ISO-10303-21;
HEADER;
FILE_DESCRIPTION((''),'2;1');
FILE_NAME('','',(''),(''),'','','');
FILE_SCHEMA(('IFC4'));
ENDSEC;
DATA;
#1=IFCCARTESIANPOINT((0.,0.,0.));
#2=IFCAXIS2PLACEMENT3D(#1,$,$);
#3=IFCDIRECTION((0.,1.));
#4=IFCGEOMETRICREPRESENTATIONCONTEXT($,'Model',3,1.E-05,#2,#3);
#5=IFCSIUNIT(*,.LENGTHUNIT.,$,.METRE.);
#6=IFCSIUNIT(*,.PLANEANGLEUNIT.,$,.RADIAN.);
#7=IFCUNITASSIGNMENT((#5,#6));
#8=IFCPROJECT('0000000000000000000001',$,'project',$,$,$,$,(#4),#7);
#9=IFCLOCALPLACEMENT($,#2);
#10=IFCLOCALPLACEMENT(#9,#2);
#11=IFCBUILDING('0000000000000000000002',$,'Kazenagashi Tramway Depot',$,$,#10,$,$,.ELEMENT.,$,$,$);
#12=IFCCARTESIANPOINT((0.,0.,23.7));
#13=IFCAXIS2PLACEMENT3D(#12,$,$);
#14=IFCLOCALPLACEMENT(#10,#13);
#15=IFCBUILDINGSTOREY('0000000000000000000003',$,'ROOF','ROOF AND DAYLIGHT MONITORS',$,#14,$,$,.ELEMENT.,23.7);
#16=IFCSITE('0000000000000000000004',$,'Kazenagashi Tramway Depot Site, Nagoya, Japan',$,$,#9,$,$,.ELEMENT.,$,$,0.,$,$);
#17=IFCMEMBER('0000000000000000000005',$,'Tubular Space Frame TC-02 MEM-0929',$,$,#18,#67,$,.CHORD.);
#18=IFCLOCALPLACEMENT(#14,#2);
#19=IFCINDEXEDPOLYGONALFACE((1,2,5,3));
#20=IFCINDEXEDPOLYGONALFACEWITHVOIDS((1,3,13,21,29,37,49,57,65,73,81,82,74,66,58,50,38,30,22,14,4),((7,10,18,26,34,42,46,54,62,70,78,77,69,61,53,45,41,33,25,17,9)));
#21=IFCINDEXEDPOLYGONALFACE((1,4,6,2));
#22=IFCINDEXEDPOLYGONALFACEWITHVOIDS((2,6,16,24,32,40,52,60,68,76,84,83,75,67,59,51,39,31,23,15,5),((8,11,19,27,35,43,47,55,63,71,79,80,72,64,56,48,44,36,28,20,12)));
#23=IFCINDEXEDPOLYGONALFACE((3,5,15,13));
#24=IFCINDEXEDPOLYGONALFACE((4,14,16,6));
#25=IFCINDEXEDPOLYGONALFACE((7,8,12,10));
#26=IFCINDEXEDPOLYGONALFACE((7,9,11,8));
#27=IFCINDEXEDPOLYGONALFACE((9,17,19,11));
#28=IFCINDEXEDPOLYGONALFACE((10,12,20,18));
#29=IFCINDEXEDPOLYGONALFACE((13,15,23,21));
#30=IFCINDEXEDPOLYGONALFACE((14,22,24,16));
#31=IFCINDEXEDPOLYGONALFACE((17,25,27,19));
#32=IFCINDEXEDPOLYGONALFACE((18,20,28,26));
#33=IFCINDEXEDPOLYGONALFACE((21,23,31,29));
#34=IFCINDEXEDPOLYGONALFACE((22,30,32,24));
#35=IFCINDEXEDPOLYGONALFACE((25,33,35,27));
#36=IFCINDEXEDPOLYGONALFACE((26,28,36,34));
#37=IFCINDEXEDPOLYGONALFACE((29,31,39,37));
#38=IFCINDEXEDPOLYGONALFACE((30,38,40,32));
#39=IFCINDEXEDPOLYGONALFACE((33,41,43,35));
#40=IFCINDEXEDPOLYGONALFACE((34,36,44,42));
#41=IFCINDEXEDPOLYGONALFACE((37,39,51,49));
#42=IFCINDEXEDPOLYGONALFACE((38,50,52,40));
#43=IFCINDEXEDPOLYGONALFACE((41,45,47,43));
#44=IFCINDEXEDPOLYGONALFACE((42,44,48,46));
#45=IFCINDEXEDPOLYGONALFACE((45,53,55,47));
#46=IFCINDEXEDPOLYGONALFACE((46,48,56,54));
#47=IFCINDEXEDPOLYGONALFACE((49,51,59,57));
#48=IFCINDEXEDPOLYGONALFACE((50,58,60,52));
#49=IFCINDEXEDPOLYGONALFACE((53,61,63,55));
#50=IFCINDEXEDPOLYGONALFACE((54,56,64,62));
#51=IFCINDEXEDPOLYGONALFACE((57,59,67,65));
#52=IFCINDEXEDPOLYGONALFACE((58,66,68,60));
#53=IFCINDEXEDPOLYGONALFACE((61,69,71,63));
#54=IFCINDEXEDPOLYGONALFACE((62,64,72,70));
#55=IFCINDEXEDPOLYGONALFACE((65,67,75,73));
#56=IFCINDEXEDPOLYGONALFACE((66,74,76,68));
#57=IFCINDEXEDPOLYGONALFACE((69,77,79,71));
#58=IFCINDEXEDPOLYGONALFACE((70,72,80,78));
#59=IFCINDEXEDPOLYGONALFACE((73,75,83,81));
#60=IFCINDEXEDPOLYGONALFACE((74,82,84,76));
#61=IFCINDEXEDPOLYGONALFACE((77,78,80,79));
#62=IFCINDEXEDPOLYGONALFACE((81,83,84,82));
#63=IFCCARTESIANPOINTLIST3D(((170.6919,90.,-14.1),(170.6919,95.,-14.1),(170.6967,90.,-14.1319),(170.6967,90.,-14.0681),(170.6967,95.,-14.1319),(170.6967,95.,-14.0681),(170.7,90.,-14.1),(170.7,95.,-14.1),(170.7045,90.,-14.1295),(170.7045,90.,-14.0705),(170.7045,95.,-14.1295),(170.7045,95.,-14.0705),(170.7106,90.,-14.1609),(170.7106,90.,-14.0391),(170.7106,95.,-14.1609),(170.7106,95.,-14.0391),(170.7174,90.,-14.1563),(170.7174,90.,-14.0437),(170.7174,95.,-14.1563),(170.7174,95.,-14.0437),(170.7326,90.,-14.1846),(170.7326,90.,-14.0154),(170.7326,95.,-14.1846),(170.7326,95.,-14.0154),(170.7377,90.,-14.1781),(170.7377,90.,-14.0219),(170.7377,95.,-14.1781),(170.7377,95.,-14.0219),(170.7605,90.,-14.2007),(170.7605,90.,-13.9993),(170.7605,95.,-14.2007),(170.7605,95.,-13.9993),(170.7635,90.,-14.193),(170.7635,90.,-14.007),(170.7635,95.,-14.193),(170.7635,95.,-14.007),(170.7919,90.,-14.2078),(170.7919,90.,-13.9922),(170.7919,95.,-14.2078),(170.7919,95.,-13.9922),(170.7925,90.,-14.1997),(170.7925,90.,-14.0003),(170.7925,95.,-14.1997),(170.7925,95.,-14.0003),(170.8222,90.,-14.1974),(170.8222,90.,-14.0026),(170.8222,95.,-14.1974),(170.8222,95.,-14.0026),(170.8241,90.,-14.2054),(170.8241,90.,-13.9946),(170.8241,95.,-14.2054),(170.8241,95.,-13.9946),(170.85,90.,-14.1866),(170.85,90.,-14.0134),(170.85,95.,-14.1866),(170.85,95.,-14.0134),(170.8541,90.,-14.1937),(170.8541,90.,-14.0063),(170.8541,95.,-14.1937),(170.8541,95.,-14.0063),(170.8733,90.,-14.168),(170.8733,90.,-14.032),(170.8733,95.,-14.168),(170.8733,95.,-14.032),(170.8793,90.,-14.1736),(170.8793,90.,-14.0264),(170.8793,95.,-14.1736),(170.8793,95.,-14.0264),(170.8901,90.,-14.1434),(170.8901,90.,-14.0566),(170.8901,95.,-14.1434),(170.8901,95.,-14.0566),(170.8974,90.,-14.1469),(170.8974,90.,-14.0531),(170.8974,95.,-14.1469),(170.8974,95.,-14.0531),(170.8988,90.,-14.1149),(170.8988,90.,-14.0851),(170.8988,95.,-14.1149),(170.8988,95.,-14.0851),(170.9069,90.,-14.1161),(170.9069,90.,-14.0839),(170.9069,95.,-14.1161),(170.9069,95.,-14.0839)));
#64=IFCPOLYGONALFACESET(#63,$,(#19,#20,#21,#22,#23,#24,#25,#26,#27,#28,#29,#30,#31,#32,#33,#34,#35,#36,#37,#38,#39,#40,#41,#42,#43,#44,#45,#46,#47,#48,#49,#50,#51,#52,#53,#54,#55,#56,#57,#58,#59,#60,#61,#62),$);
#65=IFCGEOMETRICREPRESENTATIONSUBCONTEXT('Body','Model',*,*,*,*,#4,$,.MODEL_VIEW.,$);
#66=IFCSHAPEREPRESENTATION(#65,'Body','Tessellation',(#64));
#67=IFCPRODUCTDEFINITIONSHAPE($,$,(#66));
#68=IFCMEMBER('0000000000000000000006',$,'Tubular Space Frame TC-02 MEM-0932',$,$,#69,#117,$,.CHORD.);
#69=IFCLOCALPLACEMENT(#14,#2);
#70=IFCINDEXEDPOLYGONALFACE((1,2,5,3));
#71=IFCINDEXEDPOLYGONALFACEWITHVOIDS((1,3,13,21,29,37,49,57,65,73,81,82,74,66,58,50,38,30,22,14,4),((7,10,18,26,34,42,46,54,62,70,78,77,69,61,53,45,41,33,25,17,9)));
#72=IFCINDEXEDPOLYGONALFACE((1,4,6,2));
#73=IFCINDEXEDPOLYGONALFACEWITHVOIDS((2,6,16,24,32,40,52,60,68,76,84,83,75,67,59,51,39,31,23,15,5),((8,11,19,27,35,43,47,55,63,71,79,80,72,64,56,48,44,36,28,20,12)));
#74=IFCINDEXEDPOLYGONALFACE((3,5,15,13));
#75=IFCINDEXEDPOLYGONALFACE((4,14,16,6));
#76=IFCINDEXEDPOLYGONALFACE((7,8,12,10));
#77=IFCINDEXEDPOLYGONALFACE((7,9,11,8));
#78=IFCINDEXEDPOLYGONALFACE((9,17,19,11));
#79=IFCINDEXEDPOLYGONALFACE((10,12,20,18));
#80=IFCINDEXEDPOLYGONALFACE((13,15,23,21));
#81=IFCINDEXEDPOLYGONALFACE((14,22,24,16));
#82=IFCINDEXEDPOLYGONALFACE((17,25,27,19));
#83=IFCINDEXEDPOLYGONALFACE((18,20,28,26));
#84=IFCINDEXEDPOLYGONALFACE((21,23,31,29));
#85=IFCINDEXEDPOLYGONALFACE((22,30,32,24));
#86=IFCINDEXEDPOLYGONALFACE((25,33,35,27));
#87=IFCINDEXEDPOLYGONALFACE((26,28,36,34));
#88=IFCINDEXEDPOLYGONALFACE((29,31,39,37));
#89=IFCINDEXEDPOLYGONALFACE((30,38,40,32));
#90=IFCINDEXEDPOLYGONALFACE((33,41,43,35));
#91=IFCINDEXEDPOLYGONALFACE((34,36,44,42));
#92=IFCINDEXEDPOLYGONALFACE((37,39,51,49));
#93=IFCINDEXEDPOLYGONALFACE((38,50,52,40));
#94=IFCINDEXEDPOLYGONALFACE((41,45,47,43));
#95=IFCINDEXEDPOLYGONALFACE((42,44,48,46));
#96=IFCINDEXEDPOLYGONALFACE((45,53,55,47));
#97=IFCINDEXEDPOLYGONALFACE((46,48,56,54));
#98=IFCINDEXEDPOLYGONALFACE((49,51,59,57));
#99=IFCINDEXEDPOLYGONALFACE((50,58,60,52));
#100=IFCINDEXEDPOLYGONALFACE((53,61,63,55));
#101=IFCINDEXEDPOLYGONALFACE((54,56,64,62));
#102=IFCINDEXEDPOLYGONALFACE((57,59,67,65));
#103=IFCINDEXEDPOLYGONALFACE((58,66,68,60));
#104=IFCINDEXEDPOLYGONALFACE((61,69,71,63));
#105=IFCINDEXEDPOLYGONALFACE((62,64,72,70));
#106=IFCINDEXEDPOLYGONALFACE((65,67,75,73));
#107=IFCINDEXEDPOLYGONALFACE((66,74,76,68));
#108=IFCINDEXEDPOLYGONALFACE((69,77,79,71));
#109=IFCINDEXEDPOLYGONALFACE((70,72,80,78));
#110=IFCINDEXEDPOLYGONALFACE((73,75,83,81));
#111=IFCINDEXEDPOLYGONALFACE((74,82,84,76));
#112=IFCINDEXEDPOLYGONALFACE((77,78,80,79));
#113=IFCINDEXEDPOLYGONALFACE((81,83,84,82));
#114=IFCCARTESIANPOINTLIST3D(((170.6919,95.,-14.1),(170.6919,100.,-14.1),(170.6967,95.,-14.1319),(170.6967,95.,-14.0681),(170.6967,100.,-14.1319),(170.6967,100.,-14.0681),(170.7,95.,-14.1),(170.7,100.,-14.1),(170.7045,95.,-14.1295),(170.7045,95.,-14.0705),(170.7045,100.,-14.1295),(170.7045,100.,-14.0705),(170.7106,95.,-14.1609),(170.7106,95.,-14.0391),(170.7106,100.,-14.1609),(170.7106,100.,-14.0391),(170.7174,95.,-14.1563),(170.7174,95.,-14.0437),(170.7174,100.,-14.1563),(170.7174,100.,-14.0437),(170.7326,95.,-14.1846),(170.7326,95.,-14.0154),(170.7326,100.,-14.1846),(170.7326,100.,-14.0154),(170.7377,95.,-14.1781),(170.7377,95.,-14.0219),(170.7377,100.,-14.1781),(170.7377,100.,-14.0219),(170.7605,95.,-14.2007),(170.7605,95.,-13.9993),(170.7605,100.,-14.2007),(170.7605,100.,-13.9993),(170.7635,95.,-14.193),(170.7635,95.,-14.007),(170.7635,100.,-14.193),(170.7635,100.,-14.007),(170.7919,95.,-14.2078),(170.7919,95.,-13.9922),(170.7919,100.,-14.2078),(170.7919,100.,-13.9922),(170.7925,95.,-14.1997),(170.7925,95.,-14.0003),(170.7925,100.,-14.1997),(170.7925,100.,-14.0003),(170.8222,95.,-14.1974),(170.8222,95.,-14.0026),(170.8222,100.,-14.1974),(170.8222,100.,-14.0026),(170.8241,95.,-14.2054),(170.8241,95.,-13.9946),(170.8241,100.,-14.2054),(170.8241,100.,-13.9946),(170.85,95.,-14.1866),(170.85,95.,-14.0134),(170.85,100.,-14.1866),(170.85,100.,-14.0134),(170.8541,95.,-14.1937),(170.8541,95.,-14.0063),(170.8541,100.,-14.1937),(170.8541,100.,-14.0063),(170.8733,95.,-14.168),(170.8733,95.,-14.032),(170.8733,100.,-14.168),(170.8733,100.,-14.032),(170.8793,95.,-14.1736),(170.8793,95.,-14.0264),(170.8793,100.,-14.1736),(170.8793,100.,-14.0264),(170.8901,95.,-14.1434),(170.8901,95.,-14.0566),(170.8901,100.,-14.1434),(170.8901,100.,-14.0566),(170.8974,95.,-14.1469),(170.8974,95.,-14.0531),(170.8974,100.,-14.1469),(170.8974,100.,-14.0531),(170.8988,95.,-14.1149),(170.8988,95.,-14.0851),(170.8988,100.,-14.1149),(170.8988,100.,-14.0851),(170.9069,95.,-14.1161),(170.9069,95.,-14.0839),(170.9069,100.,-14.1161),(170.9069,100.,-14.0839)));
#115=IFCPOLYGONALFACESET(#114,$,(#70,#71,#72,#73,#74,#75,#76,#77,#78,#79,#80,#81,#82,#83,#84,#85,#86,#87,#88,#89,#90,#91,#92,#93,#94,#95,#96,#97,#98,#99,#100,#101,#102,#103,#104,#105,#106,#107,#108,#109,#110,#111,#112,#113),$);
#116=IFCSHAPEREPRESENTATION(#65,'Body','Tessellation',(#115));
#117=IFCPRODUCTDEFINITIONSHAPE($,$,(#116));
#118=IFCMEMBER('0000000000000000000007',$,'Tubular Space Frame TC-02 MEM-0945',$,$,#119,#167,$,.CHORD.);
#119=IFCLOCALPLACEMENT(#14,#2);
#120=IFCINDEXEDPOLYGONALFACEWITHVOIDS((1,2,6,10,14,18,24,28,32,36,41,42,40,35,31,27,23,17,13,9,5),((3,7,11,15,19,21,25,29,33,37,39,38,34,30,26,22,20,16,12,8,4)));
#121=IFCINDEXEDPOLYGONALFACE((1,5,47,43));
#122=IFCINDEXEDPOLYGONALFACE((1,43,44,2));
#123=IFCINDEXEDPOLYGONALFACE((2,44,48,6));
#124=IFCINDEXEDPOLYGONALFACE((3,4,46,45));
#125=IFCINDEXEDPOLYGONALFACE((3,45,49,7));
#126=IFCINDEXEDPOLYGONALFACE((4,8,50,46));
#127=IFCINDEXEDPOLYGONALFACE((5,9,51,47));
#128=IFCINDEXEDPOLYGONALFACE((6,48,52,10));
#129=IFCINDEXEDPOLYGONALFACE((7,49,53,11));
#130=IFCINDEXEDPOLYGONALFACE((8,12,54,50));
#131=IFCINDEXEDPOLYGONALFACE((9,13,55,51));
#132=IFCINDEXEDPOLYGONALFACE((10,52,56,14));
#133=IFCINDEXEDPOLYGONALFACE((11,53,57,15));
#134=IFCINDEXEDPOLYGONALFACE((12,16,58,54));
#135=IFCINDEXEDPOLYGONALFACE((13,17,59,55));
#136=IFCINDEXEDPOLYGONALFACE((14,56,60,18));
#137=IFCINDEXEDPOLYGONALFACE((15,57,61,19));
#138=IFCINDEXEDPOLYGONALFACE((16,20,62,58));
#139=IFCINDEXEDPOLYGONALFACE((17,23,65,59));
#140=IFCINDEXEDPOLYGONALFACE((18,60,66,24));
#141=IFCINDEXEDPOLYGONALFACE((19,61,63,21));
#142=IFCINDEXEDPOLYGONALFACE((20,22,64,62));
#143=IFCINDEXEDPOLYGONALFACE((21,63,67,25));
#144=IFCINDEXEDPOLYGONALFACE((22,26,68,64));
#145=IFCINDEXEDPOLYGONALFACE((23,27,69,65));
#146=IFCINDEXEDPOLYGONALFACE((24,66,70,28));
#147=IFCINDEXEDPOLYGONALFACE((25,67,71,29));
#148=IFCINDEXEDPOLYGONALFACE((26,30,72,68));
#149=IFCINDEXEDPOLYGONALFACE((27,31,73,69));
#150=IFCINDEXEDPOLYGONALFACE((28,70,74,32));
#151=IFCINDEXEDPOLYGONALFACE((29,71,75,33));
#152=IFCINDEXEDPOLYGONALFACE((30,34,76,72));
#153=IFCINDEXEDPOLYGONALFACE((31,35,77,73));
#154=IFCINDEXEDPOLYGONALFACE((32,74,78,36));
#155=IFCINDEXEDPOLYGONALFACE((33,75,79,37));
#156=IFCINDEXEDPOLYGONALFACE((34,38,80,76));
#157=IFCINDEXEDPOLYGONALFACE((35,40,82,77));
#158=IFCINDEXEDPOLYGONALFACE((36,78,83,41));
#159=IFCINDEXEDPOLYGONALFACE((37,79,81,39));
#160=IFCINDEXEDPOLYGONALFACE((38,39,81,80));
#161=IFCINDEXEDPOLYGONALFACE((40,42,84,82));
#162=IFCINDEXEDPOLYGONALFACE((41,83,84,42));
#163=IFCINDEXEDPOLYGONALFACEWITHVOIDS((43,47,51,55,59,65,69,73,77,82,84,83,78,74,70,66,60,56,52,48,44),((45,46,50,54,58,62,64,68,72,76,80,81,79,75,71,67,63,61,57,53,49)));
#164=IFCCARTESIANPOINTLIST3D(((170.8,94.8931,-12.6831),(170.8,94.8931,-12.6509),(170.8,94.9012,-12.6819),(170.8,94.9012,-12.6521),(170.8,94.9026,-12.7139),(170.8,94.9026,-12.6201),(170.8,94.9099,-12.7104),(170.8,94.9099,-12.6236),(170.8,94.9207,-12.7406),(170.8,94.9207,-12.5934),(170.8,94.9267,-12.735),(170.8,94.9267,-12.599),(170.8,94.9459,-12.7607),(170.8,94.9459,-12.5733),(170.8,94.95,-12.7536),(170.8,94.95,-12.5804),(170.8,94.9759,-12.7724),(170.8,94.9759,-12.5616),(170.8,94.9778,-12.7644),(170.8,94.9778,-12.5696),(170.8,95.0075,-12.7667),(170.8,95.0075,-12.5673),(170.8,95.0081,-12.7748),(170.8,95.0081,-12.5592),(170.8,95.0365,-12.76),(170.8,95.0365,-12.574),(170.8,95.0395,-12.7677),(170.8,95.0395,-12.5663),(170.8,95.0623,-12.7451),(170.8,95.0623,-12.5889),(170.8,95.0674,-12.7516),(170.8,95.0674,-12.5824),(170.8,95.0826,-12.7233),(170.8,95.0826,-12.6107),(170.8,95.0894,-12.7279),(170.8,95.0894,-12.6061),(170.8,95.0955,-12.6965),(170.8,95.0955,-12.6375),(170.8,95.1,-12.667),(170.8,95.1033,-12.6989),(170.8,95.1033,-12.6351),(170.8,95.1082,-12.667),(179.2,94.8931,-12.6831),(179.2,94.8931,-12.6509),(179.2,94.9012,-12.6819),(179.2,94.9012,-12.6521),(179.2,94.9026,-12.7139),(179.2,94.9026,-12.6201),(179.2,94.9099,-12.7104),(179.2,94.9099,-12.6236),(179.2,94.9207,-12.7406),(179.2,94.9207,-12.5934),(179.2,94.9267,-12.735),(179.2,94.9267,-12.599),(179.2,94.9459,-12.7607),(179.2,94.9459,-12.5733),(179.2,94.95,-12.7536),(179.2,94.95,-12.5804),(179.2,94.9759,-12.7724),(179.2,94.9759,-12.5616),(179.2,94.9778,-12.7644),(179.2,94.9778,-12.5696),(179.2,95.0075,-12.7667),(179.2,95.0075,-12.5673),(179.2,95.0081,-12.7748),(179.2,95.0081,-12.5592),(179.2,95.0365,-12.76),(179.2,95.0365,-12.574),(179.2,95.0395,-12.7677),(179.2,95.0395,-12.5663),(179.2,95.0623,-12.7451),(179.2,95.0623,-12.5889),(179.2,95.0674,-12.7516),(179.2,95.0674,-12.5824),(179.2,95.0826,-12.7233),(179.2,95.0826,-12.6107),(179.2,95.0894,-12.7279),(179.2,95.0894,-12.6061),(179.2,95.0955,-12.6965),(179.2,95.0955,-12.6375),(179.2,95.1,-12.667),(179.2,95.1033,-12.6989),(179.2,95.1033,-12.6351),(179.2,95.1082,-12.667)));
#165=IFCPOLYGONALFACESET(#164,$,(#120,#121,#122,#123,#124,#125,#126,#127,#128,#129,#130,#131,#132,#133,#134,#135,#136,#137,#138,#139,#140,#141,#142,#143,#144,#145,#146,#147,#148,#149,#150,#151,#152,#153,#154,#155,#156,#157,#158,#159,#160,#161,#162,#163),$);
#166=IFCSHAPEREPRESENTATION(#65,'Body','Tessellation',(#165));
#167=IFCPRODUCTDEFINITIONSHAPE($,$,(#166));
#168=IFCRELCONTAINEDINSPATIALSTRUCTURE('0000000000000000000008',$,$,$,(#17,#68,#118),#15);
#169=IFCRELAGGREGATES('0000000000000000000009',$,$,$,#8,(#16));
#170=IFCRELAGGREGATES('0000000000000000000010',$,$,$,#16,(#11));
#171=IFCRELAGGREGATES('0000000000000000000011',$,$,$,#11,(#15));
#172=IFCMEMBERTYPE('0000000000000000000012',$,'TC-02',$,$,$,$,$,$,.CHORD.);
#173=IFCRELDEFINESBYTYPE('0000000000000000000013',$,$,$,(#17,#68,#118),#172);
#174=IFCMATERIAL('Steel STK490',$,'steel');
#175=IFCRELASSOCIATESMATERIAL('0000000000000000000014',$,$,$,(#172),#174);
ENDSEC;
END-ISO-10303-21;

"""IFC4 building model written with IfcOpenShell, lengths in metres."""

from ifc_helpers import new_model, si_unit, direction, frame, origin, origin_2d, place, context, subcontext, project, spatial, hollow_circle, extrude, material, material_profile, profile_set, type_object, element, save


model = new_model("IFC4")

# Units and contexts
model_context = context("Model", 3, precision=1e-05, world=origin(), true_north=direction((0.0, 1.0)))
body_context = subcontext(model_context, "Body", "Model", "MODEL_VIEW")
ifc_project = project(units=[si_unit("LENGTHUNIT", "METRE"), si_unit("PLANEANGLEUNIT", "RADIAN")], contexts=[model_context])

# Site, building, storey
site_placement = place(None, origin())
site = spatial("IfcSite", under=ifc_project, at=site_placement, Name="Kazenagashi Tramway Depot Site, Nagoya, Japan", CompositionType="ELEMENT", RefElevation=0.0)
building_placement = place(site_placement, origin())
building = spatial("IfcBuilding", under=site, at=building_placement, Name="Kazenagashi Tramway Depot", CompositionType="ELEMENT")
storey_placement = place(building_placement, frame((0.0, 0.0, 23.7)))
storey = spatial("IfcBuildingStorey", under=building, at=storey_placement, Name="ROOF", Description="ROOF AND DAYLIGHT MONITORS", CompositionType="ELEMENT", Elevation=23.7)

# Members
ifc_material_1 = material(Name="Steel STK490", Category="steel")
ifc_material_profile_1 = material_profile(ifc_material_1, hollow_circle(Radius=0.1081, WallThickness=0.0082, at=origin_2d()), Name="CHS-216.3x8.2")
ifc_profile_set_1 = profile_set([ifc_material_profile_1], Name="Steel STK490")
member_type_1 = type_object("IfcMemberType", Name="TC-02", PredefinedType="CHORD", material=ifc_profile_set_1)
for number, where, z_axis, x_axis, name in (
    (1, (170.8, 90.0, -14.1), (0.0, 1.0, 0.0), (-1.0, 0.0, 0.0), "Tubular Space Frame TC-02 MEM-0929"),
    (2, (170.8, 95.0, -14.1), (0.0, 1.0, 0.0), (-1.0, 0.0, 0.0), "Tubular Space Frame TC-02 MEM-0932"),
):
    element("IfcMember", number, at=place(storey_placement, frame(where, z_axis=z_axis, x_axis=x_axis)), inside=storey, type_object=member_type_1, Name=name, PredefinedType="CHORD", context=body_context, shape_type="SweptSolid", body=[
        extrude(hollow_circle(Radius=0.1081, WallThickness=0.0082, at=origin_2d()), origin(), (0.0, 0.0, 1.0), 5.0),
    ])
member_1_placement = place(storey_placement, frame((170.8, 95.0, -12.667), z_axis=(1.0, 0.0, 0.0), x_axis=(0.0, 1.0, 0.0)))
element("IfcMember", 3, at=member_1_placement, inside=storey, type_object=member_type_1, Name="Tubular Space Frame TC-02 MEM-0945", PredefinedType="CHORD", context=body_context, shape_type="SweptSolid", body=[
    extrude(hollow_circle(Radius=0.1081, WallThickness=0.0082, at=origin_2d()), origin(), (0.0, 0.0, 1.0), 8.4),
])

save(model, "model.ifc")
